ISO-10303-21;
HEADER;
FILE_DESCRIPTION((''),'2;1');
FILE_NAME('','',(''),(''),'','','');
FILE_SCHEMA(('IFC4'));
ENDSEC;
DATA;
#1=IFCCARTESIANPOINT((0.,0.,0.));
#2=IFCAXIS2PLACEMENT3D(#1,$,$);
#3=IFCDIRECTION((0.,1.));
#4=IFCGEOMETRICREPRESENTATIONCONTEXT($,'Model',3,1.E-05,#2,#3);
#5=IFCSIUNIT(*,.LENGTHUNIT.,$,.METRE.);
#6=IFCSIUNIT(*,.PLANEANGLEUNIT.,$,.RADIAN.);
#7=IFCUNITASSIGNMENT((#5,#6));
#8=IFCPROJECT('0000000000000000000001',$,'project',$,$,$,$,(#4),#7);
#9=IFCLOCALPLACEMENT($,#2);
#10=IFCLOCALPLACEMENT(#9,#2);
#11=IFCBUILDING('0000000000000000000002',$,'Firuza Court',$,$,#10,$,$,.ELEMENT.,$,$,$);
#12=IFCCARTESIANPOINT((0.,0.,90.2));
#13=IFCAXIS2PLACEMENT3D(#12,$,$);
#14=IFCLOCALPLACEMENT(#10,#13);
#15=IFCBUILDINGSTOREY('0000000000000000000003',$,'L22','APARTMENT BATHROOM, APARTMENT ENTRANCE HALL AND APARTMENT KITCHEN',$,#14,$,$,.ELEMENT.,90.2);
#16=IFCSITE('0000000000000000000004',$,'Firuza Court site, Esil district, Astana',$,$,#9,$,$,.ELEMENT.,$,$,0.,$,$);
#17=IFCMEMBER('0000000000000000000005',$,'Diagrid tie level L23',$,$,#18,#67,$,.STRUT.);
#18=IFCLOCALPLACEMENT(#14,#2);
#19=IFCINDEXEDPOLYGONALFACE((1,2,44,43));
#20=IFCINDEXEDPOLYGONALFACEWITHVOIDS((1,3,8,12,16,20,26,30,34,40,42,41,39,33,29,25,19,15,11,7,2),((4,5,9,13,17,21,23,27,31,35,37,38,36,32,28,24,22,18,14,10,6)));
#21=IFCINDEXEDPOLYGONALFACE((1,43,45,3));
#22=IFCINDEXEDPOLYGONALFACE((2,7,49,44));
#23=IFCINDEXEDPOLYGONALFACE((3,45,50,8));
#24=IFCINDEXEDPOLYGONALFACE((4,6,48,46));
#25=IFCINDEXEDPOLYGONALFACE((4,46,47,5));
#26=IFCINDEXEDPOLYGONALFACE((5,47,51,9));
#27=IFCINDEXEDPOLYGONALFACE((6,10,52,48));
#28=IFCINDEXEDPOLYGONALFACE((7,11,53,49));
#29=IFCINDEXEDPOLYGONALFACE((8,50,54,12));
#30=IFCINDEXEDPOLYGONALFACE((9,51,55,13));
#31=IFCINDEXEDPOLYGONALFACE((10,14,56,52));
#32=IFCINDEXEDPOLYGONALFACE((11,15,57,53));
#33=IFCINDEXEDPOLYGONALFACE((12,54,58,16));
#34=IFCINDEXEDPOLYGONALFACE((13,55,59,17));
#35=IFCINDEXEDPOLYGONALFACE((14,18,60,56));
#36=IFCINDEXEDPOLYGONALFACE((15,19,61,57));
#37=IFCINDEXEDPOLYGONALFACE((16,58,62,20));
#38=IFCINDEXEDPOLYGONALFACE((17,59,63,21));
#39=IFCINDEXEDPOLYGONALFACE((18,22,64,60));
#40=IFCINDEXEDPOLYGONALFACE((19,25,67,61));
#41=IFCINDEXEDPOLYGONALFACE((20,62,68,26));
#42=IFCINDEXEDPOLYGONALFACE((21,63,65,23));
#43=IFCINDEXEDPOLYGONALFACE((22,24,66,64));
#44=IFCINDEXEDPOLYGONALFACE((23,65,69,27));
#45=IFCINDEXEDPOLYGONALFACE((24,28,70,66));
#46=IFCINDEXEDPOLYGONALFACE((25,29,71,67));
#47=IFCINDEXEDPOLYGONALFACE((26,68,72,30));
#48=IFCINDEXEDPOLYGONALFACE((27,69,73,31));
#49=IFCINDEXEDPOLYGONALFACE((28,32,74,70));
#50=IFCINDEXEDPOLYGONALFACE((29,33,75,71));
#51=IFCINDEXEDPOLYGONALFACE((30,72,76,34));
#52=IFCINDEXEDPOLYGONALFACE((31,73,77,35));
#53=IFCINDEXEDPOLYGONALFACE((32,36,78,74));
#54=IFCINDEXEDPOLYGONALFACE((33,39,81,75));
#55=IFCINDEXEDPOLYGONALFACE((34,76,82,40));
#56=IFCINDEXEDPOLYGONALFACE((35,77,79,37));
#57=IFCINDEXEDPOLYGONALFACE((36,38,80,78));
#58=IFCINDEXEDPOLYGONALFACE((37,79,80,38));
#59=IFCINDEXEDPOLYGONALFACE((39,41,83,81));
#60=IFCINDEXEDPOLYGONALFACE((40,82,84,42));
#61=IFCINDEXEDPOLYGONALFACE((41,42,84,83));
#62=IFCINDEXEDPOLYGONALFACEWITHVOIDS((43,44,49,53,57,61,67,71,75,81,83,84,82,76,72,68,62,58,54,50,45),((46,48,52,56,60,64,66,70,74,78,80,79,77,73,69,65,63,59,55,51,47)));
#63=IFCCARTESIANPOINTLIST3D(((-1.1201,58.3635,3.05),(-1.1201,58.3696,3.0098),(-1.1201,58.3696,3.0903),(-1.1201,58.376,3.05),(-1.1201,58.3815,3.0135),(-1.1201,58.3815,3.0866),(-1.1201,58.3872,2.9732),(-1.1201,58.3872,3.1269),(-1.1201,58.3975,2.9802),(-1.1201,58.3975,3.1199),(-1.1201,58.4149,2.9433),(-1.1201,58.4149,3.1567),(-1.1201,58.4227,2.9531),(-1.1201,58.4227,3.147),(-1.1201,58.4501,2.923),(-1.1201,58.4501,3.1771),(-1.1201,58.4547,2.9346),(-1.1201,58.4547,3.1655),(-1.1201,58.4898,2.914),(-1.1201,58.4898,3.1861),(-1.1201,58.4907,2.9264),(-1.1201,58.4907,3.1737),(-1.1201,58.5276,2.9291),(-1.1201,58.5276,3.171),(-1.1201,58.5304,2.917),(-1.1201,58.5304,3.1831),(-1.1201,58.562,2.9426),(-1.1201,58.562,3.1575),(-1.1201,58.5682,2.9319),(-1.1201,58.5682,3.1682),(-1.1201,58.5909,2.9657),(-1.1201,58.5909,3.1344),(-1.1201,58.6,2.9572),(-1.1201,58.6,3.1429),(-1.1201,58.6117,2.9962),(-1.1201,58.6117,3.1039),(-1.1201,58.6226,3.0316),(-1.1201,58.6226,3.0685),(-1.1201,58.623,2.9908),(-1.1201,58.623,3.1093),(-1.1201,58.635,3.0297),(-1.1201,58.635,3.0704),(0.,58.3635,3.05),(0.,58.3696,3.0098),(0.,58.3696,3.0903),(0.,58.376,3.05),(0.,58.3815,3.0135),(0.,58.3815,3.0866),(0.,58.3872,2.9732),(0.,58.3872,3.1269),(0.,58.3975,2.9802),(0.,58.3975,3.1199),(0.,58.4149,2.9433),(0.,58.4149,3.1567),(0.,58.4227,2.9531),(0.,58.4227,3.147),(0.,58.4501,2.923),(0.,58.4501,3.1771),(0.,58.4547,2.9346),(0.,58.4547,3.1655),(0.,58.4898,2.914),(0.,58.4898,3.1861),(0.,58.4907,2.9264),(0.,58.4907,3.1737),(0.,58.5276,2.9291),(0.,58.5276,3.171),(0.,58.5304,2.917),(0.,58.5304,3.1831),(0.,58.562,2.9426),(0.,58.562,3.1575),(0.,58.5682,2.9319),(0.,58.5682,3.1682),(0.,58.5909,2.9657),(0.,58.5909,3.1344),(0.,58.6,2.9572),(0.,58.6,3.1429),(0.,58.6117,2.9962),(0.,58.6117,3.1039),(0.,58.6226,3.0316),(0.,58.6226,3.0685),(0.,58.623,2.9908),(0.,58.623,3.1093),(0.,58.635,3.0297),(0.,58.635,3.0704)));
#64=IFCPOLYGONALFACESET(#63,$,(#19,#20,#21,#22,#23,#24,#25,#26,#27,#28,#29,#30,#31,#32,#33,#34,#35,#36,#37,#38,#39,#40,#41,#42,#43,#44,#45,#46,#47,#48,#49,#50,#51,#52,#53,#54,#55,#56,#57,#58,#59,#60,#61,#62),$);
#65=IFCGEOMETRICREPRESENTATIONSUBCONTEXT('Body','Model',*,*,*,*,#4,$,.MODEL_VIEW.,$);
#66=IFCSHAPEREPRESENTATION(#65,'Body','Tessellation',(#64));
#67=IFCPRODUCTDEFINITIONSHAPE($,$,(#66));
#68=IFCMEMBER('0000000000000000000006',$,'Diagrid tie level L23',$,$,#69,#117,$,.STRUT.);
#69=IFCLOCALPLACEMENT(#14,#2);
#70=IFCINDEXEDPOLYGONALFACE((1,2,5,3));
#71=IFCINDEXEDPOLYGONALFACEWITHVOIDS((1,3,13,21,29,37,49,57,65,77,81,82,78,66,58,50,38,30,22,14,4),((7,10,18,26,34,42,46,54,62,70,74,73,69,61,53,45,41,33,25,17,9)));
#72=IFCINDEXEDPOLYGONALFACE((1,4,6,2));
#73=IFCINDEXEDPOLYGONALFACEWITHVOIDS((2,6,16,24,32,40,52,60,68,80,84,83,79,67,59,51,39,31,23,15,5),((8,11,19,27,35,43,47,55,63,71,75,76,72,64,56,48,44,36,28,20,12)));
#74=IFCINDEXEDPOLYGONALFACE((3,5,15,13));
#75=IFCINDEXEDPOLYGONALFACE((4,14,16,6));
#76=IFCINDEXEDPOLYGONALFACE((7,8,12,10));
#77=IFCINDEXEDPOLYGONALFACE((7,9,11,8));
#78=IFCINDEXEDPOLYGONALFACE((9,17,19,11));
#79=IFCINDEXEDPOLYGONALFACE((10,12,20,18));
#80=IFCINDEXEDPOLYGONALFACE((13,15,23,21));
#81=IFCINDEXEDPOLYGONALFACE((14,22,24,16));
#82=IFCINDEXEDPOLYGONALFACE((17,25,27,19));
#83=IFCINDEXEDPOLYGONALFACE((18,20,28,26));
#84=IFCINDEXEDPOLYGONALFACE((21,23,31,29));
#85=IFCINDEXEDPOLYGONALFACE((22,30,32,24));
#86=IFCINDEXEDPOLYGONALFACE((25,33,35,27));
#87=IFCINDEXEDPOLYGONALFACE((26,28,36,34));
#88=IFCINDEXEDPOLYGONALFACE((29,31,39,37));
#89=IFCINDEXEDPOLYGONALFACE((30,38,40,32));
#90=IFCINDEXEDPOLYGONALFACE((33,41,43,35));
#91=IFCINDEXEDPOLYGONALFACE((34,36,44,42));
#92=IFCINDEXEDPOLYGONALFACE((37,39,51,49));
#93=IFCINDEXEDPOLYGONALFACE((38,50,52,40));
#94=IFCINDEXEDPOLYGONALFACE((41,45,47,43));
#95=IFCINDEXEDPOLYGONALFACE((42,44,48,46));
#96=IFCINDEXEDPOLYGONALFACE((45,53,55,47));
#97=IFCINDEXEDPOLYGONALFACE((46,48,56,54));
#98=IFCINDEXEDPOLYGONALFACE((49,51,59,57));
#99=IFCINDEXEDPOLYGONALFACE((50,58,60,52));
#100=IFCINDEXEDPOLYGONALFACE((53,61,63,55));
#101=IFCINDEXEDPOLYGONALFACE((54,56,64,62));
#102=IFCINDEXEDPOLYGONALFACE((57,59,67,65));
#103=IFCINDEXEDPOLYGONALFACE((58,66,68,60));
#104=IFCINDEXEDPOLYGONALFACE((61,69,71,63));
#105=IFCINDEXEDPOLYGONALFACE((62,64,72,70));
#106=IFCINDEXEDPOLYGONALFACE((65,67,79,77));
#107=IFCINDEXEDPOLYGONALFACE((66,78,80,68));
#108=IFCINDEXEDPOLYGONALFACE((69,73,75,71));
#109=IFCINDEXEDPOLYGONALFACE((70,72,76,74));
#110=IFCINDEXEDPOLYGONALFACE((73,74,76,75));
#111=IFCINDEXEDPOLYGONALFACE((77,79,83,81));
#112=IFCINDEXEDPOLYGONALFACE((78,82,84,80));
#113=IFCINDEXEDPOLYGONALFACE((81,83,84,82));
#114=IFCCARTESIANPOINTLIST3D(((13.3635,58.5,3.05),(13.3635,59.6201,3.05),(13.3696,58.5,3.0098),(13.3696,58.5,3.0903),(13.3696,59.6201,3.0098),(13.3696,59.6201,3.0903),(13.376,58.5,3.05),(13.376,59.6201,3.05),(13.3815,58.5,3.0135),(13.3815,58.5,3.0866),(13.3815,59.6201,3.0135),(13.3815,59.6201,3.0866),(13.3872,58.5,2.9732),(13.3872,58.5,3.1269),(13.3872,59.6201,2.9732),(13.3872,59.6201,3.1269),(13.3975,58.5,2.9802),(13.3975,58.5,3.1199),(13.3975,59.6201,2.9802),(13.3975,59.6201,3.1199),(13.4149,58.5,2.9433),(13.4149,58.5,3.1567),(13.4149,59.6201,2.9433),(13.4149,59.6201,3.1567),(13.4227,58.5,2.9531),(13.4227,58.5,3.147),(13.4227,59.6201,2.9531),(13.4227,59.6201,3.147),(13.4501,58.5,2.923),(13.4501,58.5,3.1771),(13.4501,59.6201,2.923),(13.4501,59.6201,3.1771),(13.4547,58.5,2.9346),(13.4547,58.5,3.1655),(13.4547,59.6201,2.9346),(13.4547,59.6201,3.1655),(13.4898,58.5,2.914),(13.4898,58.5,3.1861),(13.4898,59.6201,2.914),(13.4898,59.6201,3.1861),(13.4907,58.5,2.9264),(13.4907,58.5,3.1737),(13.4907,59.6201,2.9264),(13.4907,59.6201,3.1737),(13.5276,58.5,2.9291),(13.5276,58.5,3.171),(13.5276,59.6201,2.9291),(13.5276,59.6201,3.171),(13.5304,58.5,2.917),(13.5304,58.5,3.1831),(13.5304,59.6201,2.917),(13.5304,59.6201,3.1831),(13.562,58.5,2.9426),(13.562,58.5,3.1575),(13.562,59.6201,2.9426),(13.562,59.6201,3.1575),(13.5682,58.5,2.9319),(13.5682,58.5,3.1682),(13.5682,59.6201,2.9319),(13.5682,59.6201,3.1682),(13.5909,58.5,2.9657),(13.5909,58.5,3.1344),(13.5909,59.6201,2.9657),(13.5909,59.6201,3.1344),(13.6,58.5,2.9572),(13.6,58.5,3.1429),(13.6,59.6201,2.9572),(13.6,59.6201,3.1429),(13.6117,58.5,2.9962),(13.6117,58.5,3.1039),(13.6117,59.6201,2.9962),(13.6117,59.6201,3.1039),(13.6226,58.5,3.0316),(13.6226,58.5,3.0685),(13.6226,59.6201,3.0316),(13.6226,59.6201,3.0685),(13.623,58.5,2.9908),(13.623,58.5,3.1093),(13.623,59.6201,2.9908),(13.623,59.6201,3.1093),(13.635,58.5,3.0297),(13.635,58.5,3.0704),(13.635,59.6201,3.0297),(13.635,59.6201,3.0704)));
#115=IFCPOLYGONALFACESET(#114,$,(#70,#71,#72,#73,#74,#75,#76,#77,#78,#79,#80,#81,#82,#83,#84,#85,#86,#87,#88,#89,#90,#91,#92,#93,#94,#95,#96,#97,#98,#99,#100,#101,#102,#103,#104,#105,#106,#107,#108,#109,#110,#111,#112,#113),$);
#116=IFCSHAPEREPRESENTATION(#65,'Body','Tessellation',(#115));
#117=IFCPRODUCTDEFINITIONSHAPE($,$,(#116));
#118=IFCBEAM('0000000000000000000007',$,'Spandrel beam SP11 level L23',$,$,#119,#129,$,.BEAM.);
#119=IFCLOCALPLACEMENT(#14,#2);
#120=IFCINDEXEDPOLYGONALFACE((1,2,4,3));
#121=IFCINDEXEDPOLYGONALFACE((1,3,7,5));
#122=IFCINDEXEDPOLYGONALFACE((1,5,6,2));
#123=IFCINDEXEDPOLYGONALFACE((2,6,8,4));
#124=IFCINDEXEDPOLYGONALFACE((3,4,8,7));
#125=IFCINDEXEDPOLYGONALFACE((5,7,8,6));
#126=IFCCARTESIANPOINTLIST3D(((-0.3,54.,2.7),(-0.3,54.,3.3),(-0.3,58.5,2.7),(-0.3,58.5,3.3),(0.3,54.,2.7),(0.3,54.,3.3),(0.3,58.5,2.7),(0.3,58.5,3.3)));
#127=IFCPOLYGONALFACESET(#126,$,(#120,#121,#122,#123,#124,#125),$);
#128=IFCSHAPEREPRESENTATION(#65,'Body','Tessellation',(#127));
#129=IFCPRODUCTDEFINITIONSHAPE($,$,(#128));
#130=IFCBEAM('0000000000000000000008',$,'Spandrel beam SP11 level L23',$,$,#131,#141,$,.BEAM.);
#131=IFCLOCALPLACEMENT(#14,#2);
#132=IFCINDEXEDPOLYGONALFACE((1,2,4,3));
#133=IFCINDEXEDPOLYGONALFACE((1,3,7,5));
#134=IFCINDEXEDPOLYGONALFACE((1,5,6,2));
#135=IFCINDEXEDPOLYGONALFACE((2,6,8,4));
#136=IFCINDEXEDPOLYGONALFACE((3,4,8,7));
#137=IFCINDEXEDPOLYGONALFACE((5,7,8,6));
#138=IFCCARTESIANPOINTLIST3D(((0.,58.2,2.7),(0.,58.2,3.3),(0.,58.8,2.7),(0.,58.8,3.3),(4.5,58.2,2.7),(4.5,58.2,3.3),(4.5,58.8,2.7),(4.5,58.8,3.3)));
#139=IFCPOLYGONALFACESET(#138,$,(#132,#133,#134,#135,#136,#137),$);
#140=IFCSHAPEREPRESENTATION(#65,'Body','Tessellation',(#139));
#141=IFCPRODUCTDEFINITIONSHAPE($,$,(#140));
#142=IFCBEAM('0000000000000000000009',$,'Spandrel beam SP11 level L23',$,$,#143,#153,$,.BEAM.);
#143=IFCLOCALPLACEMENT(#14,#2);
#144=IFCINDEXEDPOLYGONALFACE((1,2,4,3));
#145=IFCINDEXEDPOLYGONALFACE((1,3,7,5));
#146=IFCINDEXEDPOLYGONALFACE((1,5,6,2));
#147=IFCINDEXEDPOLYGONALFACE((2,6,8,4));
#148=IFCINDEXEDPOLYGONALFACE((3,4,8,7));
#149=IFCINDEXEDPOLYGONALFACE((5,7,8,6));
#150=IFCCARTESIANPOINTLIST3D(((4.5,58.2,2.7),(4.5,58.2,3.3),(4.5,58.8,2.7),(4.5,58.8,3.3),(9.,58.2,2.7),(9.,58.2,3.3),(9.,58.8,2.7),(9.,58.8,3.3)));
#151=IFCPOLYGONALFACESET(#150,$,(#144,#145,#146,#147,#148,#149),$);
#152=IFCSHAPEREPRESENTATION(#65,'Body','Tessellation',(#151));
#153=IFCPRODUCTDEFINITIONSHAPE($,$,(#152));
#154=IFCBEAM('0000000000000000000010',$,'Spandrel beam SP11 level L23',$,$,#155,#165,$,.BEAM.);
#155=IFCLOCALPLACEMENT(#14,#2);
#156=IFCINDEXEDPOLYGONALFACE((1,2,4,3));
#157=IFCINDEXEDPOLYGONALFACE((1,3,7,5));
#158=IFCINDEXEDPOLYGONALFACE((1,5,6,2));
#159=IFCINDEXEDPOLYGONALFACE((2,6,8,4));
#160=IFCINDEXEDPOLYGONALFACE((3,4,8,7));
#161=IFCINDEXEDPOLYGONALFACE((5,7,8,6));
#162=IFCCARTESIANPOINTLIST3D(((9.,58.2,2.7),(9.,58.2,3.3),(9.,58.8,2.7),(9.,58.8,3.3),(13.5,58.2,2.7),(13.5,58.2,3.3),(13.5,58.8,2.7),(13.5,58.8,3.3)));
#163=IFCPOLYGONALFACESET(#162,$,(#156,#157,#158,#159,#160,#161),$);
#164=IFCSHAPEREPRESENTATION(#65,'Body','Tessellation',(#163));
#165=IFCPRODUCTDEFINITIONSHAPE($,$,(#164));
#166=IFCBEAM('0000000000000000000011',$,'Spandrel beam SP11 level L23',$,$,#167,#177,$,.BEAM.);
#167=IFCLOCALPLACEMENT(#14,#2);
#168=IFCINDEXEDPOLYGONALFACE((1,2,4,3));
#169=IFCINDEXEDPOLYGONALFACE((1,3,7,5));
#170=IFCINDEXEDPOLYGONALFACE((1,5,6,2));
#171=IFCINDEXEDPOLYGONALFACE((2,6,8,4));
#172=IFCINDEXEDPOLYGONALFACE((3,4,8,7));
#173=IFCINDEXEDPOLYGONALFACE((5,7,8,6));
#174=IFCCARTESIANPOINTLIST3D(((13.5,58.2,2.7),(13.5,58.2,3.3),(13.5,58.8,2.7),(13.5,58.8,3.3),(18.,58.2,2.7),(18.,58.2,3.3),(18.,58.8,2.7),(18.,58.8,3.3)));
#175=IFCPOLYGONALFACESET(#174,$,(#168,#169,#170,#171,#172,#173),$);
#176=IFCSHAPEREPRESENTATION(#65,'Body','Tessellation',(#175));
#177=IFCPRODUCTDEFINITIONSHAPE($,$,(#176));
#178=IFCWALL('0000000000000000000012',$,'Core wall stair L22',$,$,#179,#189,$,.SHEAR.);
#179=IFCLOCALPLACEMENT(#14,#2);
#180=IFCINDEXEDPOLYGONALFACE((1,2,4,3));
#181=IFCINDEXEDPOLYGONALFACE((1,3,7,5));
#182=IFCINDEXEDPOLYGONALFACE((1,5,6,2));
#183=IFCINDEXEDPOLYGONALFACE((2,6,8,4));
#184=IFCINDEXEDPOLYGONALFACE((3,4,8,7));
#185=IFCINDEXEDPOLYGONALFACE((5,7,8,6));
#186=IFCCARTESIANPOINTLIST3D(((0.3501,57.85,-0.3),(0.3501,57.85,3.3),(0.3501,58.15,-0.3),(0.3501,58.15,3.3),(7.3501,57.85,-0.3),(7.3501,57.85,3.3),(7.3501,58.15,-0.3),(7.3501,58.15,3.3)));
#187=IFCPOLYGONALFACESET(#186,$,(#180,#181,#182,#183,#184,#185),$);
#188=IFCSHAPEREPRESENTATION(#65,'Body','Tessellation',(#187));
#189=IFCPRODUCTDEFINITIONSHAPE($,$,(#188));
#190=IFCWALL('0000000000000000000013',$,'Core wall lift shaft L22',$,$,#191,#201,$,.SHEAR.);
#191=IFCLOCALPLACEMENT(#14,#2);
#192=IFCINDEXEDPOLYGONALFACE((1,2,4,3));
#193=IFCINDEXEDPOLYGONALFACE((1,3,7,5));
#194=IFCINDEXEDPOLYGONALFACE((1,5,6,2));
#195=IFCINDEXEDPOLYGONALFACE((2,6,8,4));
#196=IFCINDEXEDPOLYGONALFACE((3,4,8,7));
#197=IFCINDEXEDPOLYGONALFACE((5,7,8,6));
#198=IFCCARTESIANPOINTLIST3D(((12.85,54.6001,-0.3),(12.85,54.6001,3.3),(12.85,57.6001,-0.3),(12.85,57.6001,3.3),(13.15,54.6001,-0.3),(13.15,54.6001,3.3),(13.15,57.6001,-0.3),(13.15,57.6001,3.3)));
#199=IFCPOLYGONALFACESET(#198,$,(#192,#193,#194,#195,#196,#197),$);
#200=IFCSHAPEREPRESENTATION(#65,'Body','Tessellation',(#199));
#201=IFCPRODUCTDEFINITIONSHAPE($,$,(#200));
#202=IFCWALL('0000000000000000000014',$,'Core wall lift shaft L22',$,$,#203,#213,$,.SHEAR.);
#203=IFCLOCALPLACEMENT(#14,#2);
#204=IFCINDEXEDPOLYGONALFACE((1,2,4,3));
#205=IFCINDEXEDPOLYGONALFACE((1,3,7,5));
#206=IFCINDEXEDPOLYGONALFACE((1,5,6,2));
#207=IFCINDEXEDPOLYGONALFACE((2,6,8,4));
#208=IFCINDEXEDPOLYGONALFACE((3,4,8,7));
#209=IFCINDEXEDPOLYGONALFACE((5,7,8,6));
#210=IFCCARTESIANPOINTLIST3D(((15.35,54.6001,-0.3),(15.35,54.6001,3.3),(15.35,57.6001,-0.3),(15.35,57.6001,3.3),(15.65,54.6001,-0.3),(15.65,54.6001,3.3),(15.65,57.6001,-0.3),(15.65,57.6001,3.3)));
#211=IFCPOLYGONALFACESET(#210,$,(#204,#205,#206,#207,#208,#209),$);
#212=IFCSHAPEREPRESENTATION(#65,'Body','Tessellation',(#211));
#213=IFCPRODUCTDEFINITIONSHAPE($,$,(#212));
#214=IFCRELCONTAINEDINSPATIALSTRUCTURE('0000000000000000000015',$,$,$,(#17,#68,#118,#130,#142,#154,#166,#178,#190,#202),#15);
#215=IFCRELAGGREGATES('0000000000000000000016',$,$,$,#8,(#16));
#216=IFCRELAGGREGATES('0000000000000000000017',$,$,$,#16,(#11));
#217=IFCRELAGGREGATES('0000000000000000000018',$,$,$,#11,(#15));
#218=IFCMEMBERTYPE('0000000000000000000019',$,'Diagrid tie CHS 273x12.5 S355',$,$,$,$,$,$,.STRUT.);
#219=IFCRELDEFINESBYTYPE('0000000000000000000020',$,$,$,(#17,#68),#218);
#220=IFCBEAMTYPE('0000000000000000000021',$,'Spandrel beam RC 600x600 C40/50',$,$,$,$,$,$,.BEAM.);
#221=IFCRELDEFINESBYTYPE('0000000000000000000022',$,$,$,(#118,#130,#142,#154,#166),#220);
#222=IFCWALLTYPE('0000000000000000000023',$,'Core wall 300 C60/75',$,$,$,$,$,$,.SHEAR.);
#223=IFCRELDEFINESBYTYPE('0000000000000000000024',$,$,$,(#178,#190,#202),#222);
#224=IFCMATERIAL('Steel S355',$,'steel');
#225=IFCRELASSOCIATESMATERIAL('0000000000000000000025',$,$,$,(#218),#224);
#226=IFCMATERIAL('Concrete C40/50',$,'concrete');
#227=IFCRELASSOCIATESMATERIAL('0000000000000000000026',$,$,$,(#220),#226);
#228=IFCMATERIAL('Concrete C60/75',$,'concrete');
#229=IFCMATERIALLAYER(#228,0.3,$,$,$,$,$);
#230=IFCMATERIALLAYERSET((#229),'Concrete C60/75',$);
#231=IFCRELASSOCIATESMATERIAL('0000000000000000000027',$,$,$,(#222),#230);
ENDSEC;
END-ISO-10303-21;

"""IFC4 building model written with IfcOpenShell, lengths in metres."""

from ifc_helpers import new_model, si_unit, direction, frame, frame_2d, origin, origin_2d, place, context, subcontext, project, spatial, rectangle, hollow_circle, extrude, material, layer, layer_set, material_profile, profile_set, type_object, element, save


model = new_model("IFC4")

# Units and contexts
model_context = context("Model", 3, precision=1e-05, world=origin(), true_north=direction((0.0, 1.0)))
body_context = subcontext(model_context, "Body", "Model", "MODEL_VIEW")
ifc_project = project(units=[si_unit("LENGTHUNIT", "METRE"), si_unit("PLANEANGLEUNIT", "RADIAN")], contexts=[model_context])

# Site, building, storey
site_placement = place(None, origin())
site = spatial("IfcSite", under=ifc_project, at=site_placement, Name="Firuza Court site, Esil district, Astana", CompositionType="ELEMENT", RefElevation=0.0)
building_placement = place(site_placement, origin())
building = spatial("IfcBuilding", under=site, at=building_placement, Name="Firuza Court", CompositionType="ELEMENT")
storey_placement = place(building_placement, frame((0.0, 0.0, 90.2)))
storey = spatial("IfcBuildingStorey", under=building, at=storey_placement, Name="L22", Description="APARTMENT BATHROOM, APARTMENT ENTRANCE HALL AND APARTMENT KITCHEN", CompositionType="ELEMENT", Elevation=90.2)

# Members
ifc_material_1 = material(Name="Steel S355", Category="steel")
ifc_material_profile_1 = material_profile(ifc_material_1, hollow_circle(Radius=0.1365, WallThickness=0.0125, at=origin_2d()), Name="CHS 273x12.5")
ifc_profile_set_1 = profile_set([ifc_material_profile_1], Name="Steel S355")
member_type_1 = type_object("IfcMemberType", Name="Diagrid tie CHS 273x12.5 S355", PredefinedType="STRUT", material=ifc_profile_set_1)
for number, where, z_axis, x_axis, name in (
    (1, (0.0, 58.5, 3.05), (-1.0, 0.0, 0.0), (0.0, -1.0, 0.0), "Diagrid tie level L23"),
    (2, (13.5, 58.5, 3.05), (0.0, 1.0, 0.0), (-1.0, 0.0, 0.0), "Diagrid tie level L23"),
):
    element("IfcMember", number, at=place(storey_placement, frame(where, z_axis=z_axis, x_axis=x_axis)), inside=storey, type_object=member_type_1, Name=name, PredefinedType="STRUT", context=body_context, shape_type="SweptSolid", body=[
        extrude(hollow_circle(Radius=0.1365, WallThickness=0.0125, at=origin_2d()), origin(), (0.0, 0.0, 1.0), 1.1201),
    ])

# Beams
ifc_material_2 = material(Name="Concrete C40/50", Category="concrete")
ifc_material_profile_2 = material_profile(ifc_material_2, rectangle(XDim=0.6001, YDim=0.6001, at=origin_2d()), Name="RC 600x600")
ifc_profile_set_2 = profile_set([ifc_material_profile_2], Name="Concrete C40/50")
beam_type = type_object("IfcBeamType", Name="Spandrel beam RC 600x600 C40/50", PredefinedType="BEAM", material=ifc_profile_set_2)
for number, where, z_axis, x_axis, name in (
    (3, (0.0, 58.5, 3.0), (0.0, -1.0, 0.0), (1.0, 0.0, 0.0), "Spandrel beam SP11 level L23"),
    (4, (4.5, 58.5, 3.0), (-1.0, 0.0, 0.0), (0.0, -1.0, 0.0), "Spandrel beam SP11 level L23"),
    (5, (9.0, 58.5, 3.0), (-1.0, 0.0, 0.0), (0.0, -1.0, 0.0), "Spandrel beam SP11 level L23"),
    (6, (13.5, 58.5, 3.0), (-1.0, 0.0, 0.0), (0.0, -1.0, 0.0), "Spandrel beam SP11 level L23"),
    (7, (18.0, 58.5, 3.0), (-1.0, 0.0, 0.0), (0.0, -1.0, 0.0), "Spandrel beam SP11 level L23"),
):
    element("IfcBeam", number, at=place(storey_placement, frame(where, z_axis=z_axis, x_axis=x_axis)), inside=storey, type_object=beam_type, Name=name, PredefinedType="BEAM", context=body_context, shape_type="SweptSolid", body=[
        extrude(rectangle(XDim=0.6001, YDim=0.6001, at=origin_2d()), origin(), (0.0, 0.0, 1.0), 4.5),
    ])

# Walls
ifc_material_3 = material(Name="Concrete C60/75", Category="concrete")
ifc_layer_1 = layer(ifc_material_3, 0.3)
ifc_layer_set_1 = layer_set([ifc_layer_1], Name="Concrete C60/75")
wall_type_1 = type_object("IfcWallType", Name="Core wall 300 C60/75", PredefinedType="SHEAR", material=ifc_layer_set_1)
wall_1_placement = place(storey_placement, frame((0.3501, 58.0, -0.3), z_axis=(0.0, 0.0, 1.0), x_axis=(1.0, 0.0, 0.0)))
element("IfcWall", 8, at=wall_1_placement, inside=storey, type_object=wall_type_1, Name="Core wall stair L22", PredefinedType="SHEAR", context=body_context, shape_type="SweptSolid", body=[
    extrude(rectangle(XDim=7.0, YDim=0.3, at=frame_2d((3.5, 0.0))), origin(), (0.0, 0.0, 1.0), 3.6001),
])
for number, where, z_axis, x_axis, name in (
    (9, (13.0, 54.6001, -0.3), (0.0, 0.0, 1.0), (0.0, 1.0, 0.0), "Core wall lift shaft L22"),
    (10, (15.5, 54.6001, -0.3), (0.0, 0.0, 1.0), (0.0, 1.0, 0.0), "Core wall lift shaft L22"),
):
    element("IfcWall", number, at=place(storey_placement, frame(where, z_axis=z_axis, x_axis=x_axis)), inside=storey, type_object=wall_type_1, Name=name, PredefinedType="SHEAR", context=body_context, shape_type="SweptSolid", body=[
        extrude(rectangle(XDim=3.0, YDim=0.3, at=frame_2d((1.5, 0.0))), origin(), (0.0, 0.0, 1.0), 3.6001),
    ])

save(model, "model.ifc")
